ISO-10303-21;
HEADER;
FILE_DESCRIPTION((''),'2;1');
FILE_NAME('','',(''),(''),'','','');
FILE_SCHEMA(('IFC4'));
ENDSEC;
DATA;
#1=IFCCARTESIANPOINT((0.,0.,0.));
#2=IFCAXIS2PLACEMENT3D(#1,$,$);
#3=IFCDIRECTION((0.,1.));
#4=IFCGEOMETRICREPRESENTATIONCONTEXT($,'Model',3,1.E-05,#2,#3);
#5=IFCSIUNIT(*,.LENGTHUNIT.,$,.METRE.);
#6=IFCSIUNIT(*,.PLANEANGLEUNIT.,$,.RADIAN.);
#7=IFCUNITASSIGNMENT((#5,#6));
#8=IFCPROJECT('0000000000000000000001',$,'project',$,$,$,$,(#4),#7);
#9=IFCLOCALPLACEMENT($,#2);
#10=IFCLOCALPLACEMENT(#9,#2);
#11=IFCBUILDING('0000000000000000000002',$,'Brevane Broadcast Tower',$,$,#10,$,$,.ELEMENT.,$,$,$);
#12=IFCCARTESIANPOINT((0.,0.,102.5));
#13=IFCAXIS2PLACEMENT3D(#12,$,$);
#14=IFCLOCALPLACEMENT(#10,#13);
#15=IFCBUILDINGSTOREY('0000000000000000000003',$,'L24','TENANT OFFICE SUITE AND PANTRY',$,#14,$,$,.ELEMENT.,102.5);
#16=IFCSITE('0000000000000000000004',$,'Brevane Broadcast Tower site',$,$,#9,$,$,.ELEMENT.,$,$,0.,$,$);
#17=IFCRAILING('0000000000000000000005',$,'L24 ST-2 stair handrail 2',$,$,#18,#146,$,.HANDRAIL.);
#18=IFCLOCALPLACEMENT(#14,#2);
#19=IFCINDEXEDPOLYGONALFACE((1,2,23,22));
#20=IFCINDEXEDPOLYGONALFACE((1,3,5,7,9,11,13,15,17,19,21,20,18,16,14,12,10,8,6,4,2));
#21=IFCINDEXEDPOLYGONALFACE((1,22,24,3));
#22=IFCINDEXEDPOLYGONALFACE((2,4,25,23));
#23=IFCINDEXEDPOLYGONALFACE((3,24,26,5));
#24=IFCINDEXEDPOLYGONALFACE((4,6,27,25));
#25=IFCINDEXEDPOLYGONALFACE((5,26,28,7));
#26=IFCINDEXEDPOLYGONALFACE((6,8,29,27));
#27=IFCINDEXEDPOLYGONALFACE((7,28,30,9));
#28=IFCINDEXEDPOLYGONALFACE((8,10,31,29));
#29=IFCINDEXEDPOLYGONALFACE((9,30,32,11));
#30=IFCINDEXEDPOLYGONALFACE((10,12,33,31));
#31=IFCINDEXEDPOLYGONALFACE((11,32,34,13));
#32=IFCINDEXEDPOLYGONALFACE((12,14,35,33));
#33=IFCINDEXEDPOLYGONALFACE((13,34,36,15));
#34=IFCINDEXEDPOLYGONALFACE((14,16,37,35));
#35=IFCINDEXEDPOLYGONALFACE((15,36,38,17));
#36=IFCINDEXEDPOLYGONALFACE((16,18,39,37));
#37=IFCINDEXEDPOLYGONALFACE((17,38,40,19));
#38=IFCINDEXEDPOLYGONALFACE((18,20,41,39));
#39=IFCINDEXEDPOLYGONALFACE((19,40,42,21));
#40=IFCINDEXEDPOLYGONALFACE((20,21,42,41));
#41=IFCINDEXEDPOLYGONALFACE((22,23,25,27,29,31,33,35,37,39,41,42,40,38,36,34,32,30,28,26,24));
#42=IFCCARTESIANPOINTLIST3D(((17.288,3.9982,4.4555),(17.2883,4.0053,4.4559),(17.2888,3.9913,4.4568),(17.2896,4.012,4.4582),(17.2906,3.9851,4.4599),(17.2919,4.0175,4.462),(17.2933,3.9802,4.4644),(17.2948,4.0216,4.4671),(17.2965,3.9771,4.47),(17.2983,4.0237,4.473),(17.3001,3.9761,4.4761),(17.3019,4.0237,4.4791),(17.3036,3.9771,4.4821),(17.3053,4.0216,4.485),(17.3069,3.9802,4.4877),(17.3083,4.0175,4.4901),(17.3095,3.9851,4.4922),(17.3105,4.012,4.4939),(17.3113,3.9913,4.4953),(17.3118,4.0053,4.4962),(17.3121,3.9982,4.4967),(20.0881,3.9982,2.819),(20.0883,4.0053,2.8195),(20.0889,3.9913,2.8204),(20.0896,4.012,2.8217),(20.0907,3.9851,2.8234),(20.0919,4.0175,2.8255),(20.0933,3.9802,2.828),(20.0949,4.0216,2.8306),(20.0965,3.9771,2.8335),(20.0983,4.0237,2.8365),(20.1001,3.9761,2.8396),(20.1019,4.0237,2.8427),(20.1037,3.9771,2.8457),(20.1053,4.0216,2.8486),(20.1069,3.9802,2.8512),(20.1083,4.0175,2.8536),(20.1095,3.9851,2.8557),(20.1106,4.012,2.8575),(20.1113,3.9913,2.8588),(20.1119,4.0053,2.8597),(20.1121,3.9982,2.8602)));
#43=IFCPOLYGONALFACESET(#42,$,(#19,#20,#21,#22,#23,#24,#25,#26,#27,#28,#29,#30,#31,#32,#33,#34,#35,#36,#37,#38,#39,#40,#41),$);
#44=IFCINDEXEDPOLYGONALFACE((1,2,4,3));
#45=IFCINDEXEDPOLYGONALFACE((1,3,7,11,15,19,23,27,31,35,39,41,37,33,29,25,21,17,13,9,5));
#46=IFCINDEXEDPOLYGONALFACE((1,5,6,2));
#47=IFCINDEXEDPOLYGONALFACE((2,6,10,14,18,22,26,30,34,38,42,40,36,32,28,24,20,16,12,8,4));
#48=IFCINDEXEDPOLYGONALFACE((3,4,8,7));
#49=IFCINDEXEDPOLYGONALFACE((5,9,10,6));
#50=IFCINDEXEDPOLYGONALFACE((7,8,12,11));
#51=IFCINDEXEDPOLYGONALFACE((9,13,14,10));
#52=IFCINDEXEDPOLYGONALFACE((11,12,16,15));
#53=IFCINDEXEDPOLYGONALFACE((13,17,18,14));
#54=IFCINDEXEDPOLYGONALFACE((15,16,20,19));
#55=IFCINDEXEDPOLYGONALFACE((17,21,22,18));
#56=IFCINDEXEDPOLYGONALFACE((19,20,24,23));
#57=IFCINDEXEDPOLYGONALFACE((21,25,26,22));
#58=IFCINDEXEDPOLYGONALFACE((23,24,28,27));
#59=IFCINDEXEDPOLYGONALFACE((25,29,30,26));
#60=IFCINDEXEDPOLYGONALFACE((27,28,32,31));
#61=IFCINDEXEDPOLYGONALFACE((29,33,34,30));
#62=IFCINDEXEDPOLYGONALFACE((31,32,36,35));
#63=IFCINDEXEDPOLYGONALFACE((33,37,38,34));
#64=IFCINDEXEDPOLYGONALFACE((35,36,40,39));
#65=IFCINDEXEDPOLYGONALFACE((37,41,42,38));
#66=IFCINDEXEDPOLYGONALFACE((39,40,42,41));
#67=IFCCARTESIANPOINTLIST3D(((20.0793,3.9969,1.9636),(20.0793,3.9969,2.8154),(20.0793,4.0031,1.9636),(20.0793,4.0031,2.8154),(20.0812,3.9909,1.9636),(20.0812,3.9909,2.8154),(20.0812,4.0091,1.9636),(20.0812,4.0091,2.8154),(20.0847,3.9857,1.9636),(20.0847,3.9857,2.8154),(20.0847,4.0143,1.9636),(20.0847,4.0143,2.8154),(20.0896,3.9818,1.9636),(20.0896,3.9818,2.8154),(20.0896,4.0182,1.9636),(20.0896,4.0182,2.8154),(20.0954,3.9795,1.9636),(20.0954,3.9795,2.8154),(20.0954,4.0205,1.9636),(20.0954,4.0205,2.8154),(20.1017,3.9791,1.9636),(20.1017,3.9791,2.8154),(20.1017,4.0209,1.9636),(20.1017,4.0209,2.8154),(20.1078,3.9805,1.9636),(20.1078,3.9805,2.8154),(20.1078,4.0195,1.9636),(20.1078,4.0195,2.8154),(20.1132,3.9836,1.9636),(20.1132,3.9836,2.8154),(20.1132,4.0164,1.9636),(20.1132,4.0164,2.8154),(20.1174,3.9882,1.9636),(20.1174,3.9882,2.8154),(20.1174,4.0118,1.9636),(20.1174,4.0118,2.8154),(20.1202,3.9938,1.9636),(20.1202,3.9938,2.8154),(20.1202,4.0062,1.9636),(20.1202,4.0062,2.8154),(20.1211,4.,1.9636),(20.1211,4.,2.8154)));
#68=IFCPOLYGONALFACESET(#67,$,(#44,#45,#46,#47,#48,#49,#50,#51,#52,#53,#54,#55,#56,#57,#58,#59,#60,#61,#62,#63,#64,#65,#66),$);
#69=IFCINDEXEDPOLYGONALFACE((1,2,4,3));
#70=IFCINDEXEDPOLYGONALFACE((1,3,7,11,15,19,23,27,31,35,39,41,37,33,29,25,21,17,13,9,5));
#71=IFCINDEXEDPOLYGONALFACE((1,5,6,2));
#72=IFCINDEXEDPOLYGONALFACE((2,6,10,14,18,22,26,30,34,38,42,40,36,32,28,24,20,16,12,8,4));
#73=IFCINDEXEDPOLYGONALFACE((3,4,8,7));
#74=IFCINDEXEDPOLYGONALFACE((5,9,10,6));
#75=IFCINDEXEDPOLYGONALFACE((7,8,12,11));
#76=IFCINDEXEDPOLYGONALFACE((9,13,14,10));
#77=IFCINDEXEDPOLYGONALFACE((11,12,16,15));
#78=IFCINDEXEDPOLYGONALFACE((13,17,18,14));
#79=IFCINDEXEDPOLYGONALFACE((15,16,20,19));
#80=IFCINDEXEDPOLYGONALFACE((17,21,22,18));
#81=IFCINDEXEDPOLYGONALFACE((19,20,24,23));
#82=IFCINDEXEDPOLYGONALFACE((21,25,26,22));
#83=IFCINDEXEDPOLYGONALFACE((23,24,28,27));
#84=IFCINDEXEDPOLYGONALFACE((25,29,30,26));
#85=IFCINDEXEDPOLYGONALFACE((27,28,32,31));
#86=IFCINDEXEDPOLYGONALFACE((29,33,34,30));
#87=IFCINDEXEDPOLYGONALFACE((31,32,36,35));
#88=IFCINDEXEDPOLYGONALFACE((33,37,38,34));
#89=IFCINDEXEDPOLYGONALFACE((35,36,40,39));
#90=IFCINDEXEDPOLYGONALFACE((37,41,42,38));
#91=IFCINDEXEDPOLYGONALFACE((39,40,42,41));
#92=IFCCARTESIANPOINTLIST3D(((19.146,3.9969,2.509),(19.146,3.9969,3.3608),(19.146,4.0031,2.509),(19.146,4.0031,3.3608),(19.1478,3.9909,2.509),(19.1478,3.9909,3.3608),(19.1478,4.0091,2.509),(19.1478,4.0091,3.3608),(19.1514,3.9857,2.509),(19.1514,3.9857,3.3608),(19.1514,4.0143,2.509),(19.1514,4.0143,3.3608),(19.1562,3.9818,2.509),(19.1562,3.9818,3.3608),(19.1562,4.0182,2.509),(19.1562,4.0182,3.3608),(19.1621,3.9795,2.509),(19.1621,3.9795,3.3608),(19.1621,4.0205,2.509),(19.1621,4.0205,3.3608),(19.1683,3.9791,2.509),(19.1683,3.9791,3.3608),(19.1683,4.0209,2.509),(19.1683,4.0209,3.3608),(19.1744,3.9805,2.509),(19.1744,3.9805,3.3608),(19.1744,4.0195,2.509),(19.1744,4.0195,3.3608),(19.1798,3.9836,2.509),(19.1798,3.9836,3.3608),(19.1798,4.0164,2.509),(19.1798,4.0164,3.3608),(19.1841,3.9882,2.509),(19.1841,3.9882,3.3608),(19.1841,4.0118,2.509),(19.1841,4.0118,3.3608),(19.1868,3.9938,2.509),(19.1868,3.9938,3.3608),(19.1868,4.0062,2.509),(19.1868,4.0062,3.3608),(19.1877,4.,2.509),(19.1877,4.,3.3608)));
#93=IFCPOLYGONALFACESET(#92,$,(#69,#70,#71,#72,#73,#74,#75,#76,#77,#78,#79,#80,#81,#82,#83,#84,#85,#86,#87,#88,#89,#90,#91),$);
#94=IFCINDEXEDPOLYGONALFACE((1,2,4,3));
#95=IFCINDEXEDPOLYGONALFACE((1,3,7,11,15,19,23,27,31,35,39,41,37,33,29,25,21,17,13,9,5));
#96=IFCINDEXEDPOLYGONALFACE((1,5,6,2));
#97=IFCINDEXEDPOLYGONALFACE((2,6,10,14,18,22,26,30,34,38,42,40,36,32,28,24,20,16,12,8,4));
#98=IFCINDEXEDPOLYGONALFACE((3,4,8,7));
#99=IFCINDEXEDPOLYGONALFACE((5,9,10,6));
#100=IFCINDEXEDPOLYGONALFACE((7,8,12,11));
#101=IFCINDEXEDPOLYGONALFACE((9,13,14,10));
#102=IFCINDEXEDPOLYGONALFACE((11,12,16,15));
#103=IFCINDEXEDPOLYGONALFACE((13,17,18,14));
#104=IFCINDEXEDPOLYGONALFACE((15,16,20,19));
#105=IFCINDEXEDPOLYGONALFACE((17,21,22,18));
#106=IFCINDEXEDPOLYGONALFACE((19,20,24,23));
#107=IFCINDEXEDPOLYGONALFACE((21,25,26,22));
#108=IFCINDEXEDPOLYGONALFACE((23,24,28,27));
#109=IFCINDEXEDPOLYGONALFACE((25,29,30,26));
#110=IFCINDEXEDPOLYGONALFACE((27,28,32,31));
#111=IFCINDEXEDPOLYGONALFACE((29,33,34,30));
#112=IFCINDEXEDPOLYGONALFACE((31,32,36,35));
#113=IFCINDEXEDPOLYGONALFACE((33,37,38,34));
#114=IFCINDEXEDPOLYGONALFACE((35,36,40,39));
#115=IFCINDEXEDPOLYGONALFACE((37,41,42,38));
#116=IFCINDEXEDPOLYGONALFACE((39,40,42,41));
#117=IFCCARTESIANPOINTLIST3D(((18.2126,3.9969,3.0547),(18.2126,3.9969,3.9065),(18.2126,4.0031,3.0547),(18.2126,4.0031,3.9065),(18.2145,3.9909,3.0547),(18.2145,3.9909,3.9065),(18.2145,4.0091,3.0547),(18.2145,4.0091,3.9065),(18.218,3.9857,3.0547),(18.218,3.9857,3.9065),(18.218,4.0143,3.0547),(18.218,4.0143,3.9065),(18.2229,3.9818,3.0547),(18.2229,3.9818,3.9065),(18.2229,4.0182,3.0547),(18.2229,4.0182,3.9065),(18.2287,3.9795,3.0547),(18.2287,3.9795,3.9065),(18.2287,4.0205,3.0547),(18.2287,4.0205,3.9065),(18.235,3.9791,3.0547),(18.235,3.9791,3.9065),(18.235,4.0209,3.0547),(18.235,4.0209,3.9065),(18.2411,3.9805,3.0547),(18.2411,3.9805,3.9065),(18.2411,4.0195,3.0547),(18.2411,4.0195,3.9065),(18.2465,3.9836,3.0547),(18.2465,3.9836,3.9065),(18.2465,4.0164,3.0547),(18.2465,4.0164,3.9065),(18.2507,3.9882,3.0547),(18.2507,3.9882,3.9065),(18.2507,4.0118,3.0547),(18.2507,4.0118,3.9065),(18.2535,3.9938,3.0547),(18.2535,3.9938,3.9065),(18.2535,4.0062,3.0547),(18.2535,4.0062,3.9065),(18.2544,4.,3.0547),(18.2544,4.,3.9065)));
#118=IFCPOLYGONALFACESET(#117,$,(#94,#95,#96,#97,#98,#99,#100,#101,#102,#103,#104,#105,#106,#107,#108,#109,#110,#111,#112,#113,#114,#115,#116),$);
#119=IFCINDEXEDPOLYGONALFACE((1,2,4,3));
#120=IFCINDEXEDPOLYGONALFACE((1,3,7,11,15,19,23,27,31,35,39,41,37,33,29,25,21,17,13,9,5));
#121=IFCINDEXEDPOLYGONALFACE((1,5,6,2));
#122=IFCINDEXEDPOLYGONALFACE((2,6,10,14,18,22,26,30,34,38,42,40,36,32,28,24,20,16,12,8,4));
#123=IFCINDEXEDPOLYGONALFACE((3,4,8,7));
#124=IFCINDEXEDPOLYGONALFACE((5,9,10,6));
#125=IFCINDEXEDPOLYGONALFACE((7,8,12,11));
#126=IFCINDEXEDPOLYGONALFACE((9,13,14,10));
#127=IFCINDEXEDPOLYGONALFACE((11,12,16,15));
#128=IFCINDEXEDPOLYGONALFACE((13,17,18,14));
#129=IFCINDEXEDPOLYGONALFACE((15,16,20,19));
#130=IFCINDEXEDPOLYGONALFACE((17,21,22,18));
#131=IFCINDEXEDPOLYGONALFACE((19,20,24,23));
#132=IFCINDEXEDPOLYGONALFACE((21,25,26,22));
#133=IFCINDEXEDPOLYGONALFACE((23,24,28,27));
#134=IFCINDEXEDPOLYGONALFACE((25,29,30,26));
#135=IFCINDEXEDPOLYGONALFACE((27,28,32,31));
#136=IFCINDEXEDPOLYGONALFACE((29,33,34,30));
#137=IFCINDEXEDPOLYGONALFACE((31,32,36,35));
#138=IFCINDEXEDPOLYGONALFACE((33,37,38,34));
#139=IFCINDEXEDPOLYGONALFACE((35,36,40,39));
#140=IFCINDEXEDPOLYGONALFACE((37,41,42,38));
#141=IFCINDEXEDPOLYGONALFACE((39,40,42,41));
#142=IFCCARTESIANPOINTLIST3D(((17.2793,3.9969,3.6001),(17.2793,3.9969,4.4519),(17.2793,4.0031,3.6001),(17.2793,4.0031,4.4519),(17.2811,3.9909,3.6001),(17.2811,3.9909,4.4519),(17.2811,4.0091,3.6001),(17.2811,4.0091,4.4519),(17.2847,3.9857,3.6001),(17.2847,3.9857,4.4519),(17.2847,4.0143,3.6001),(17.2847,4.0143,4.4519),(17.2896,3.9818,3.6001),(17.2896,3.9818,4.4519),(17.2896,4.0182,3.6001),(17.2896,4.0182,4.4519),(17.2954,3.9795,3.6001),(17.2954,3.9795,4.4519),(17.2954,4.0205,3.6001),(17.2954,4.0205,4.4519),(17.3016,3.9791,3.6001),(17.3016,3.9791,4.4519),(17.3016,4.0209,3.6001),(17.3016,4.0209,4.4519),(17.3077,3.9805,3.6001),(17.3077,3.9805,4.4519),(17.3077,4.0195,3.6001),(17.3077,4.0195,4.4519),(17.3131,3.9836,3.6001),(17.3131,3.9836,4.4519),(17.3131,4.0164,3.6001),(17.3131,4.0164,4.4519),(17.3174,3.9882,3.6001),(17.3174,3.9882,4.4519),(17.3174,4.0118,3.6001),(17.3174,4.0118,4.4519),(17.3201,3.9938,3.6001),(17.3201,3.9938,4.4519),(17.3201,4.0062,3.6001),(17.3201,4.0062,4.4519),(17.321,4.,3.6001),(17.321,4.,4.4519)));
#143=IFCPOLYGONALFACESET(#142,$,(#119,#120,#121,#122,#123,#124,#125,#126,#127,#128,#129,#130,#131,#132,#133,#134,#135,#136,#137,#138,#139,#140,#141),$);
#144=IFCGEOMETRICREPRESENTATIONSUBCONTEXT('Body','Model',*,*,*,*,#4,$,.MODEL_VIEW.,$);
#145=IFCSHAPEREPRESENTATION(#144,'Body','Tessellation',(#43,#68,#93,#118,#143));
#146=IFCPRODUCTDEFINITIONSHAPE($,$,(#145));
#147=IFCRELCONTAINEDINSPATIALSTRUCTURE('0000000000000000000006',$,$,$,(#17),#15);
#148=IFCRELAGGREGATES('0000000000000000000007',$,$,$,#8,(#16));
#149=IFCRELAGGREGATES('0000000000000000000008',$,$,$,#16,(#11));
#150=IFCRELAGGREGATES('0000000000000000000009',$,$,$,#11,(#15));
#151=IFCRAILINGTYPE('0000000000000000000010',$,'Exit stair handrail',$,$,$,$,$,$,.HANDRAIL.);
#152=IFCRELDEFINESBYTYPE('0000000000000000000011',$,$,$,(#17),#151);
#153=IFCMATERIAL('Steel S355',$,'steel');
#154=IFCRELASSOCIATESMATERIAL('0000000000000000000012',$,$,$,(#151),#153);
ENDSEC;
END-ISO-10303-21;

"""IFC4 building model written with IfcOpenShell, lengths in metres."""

from ifc_helpers import new_model, si_unit, direction, frame, origin, origin_2d, place, context, subcontext, project, spatial, circle, extrude, material, type_object, element, save


model = new_model("IFC4")

# Units and contexts
model_context = context("Model", 3, precision=1e-05, world=origin(), true_north=direction((0.0, 1.0)))
body_context = subcontext(model_context, "Body", "Model", "MODEL_VIEW")
ifc_project = project(units=[si_unit("LENGTHUNIT", "METRE"), si_unit("PLANEANGLEUNIT", "RADIAN")], contexts=[model_context])

# Site, building, storey
site_placement = place(None, origin())
site = spatial("IfcSite", under=ifc_project, at=site_placement, Name="Brevane Broadcast Tower site", CompositionType="ELEMENT", RefElevation=0.0)
building_placement = place(site_placement, origin())
building = spatial("IfcBuilding", under=site, at=building_placement, Name="Brevane Broadcast Tower", CompositionType="ELEMENT")
storey_placement = place(building_placement, frame((0.0, 0.0, 102.5)))
storey = spatial("IfcBuildingStorey", under=building, at=storey_placement, Name="L24", Description="TENANT OFFICE SUITE AND PANTRY", CompositionType="ELEMENT", Elevation=102.5)

# Railing
ifc_material_1 = material(Name="Steel S355", Category="steel")
railing_type_1 = type_object("IfcRailingType", Name="Exit stair handrail", PredefinedType="HANDRAIL", material=ifc_material_1)
railing_1_placement = place(storey_placement, frame((20.1001, 4.0, 1.9636)))
element("IfcRailing", 1, at=railing_1_placement, inside=storey, type_object=railing_type_1, Name="L24 ST-2 stair handrail 2", PredefinedType="HANDRAIL", context=body_context, shape_type="SweptSolid", body=[
    extrude(circle(Radius=0.0239, at=origin_2d()), frame((0.0, 0.0, 0.876), z_axis=(-0.863361, 0.0, 0.504587), x_axis=(0.0, -1.0, 0.0)), (0.0, 0.0, 1.0), 3.2432),
    extrude(circle(Radius=0.021, at=origin_2d()), origin(), (0.0, 0.0, 1.0), 0.8518),
    extrude(circle(Radius=0.021, at=origin_2d()), frame((-0.9333, 0.0, 0.5454)), (0.0, 0.0, 1.0), 0.8518),
    extrude(circle(Radius=0.021, at=origin_2d()), frame((-1.8667, 0.0, 1.0911)), (0.0, 0.0, 1.0), 0.8518),
    extrude(circle(Radius=0.021, at=origin_2d()), frame((-2.8, 0.0, 1.6365)), (0.0, 0.0, 1.0), 0.8518),
])

save(model, "model.ifc")
